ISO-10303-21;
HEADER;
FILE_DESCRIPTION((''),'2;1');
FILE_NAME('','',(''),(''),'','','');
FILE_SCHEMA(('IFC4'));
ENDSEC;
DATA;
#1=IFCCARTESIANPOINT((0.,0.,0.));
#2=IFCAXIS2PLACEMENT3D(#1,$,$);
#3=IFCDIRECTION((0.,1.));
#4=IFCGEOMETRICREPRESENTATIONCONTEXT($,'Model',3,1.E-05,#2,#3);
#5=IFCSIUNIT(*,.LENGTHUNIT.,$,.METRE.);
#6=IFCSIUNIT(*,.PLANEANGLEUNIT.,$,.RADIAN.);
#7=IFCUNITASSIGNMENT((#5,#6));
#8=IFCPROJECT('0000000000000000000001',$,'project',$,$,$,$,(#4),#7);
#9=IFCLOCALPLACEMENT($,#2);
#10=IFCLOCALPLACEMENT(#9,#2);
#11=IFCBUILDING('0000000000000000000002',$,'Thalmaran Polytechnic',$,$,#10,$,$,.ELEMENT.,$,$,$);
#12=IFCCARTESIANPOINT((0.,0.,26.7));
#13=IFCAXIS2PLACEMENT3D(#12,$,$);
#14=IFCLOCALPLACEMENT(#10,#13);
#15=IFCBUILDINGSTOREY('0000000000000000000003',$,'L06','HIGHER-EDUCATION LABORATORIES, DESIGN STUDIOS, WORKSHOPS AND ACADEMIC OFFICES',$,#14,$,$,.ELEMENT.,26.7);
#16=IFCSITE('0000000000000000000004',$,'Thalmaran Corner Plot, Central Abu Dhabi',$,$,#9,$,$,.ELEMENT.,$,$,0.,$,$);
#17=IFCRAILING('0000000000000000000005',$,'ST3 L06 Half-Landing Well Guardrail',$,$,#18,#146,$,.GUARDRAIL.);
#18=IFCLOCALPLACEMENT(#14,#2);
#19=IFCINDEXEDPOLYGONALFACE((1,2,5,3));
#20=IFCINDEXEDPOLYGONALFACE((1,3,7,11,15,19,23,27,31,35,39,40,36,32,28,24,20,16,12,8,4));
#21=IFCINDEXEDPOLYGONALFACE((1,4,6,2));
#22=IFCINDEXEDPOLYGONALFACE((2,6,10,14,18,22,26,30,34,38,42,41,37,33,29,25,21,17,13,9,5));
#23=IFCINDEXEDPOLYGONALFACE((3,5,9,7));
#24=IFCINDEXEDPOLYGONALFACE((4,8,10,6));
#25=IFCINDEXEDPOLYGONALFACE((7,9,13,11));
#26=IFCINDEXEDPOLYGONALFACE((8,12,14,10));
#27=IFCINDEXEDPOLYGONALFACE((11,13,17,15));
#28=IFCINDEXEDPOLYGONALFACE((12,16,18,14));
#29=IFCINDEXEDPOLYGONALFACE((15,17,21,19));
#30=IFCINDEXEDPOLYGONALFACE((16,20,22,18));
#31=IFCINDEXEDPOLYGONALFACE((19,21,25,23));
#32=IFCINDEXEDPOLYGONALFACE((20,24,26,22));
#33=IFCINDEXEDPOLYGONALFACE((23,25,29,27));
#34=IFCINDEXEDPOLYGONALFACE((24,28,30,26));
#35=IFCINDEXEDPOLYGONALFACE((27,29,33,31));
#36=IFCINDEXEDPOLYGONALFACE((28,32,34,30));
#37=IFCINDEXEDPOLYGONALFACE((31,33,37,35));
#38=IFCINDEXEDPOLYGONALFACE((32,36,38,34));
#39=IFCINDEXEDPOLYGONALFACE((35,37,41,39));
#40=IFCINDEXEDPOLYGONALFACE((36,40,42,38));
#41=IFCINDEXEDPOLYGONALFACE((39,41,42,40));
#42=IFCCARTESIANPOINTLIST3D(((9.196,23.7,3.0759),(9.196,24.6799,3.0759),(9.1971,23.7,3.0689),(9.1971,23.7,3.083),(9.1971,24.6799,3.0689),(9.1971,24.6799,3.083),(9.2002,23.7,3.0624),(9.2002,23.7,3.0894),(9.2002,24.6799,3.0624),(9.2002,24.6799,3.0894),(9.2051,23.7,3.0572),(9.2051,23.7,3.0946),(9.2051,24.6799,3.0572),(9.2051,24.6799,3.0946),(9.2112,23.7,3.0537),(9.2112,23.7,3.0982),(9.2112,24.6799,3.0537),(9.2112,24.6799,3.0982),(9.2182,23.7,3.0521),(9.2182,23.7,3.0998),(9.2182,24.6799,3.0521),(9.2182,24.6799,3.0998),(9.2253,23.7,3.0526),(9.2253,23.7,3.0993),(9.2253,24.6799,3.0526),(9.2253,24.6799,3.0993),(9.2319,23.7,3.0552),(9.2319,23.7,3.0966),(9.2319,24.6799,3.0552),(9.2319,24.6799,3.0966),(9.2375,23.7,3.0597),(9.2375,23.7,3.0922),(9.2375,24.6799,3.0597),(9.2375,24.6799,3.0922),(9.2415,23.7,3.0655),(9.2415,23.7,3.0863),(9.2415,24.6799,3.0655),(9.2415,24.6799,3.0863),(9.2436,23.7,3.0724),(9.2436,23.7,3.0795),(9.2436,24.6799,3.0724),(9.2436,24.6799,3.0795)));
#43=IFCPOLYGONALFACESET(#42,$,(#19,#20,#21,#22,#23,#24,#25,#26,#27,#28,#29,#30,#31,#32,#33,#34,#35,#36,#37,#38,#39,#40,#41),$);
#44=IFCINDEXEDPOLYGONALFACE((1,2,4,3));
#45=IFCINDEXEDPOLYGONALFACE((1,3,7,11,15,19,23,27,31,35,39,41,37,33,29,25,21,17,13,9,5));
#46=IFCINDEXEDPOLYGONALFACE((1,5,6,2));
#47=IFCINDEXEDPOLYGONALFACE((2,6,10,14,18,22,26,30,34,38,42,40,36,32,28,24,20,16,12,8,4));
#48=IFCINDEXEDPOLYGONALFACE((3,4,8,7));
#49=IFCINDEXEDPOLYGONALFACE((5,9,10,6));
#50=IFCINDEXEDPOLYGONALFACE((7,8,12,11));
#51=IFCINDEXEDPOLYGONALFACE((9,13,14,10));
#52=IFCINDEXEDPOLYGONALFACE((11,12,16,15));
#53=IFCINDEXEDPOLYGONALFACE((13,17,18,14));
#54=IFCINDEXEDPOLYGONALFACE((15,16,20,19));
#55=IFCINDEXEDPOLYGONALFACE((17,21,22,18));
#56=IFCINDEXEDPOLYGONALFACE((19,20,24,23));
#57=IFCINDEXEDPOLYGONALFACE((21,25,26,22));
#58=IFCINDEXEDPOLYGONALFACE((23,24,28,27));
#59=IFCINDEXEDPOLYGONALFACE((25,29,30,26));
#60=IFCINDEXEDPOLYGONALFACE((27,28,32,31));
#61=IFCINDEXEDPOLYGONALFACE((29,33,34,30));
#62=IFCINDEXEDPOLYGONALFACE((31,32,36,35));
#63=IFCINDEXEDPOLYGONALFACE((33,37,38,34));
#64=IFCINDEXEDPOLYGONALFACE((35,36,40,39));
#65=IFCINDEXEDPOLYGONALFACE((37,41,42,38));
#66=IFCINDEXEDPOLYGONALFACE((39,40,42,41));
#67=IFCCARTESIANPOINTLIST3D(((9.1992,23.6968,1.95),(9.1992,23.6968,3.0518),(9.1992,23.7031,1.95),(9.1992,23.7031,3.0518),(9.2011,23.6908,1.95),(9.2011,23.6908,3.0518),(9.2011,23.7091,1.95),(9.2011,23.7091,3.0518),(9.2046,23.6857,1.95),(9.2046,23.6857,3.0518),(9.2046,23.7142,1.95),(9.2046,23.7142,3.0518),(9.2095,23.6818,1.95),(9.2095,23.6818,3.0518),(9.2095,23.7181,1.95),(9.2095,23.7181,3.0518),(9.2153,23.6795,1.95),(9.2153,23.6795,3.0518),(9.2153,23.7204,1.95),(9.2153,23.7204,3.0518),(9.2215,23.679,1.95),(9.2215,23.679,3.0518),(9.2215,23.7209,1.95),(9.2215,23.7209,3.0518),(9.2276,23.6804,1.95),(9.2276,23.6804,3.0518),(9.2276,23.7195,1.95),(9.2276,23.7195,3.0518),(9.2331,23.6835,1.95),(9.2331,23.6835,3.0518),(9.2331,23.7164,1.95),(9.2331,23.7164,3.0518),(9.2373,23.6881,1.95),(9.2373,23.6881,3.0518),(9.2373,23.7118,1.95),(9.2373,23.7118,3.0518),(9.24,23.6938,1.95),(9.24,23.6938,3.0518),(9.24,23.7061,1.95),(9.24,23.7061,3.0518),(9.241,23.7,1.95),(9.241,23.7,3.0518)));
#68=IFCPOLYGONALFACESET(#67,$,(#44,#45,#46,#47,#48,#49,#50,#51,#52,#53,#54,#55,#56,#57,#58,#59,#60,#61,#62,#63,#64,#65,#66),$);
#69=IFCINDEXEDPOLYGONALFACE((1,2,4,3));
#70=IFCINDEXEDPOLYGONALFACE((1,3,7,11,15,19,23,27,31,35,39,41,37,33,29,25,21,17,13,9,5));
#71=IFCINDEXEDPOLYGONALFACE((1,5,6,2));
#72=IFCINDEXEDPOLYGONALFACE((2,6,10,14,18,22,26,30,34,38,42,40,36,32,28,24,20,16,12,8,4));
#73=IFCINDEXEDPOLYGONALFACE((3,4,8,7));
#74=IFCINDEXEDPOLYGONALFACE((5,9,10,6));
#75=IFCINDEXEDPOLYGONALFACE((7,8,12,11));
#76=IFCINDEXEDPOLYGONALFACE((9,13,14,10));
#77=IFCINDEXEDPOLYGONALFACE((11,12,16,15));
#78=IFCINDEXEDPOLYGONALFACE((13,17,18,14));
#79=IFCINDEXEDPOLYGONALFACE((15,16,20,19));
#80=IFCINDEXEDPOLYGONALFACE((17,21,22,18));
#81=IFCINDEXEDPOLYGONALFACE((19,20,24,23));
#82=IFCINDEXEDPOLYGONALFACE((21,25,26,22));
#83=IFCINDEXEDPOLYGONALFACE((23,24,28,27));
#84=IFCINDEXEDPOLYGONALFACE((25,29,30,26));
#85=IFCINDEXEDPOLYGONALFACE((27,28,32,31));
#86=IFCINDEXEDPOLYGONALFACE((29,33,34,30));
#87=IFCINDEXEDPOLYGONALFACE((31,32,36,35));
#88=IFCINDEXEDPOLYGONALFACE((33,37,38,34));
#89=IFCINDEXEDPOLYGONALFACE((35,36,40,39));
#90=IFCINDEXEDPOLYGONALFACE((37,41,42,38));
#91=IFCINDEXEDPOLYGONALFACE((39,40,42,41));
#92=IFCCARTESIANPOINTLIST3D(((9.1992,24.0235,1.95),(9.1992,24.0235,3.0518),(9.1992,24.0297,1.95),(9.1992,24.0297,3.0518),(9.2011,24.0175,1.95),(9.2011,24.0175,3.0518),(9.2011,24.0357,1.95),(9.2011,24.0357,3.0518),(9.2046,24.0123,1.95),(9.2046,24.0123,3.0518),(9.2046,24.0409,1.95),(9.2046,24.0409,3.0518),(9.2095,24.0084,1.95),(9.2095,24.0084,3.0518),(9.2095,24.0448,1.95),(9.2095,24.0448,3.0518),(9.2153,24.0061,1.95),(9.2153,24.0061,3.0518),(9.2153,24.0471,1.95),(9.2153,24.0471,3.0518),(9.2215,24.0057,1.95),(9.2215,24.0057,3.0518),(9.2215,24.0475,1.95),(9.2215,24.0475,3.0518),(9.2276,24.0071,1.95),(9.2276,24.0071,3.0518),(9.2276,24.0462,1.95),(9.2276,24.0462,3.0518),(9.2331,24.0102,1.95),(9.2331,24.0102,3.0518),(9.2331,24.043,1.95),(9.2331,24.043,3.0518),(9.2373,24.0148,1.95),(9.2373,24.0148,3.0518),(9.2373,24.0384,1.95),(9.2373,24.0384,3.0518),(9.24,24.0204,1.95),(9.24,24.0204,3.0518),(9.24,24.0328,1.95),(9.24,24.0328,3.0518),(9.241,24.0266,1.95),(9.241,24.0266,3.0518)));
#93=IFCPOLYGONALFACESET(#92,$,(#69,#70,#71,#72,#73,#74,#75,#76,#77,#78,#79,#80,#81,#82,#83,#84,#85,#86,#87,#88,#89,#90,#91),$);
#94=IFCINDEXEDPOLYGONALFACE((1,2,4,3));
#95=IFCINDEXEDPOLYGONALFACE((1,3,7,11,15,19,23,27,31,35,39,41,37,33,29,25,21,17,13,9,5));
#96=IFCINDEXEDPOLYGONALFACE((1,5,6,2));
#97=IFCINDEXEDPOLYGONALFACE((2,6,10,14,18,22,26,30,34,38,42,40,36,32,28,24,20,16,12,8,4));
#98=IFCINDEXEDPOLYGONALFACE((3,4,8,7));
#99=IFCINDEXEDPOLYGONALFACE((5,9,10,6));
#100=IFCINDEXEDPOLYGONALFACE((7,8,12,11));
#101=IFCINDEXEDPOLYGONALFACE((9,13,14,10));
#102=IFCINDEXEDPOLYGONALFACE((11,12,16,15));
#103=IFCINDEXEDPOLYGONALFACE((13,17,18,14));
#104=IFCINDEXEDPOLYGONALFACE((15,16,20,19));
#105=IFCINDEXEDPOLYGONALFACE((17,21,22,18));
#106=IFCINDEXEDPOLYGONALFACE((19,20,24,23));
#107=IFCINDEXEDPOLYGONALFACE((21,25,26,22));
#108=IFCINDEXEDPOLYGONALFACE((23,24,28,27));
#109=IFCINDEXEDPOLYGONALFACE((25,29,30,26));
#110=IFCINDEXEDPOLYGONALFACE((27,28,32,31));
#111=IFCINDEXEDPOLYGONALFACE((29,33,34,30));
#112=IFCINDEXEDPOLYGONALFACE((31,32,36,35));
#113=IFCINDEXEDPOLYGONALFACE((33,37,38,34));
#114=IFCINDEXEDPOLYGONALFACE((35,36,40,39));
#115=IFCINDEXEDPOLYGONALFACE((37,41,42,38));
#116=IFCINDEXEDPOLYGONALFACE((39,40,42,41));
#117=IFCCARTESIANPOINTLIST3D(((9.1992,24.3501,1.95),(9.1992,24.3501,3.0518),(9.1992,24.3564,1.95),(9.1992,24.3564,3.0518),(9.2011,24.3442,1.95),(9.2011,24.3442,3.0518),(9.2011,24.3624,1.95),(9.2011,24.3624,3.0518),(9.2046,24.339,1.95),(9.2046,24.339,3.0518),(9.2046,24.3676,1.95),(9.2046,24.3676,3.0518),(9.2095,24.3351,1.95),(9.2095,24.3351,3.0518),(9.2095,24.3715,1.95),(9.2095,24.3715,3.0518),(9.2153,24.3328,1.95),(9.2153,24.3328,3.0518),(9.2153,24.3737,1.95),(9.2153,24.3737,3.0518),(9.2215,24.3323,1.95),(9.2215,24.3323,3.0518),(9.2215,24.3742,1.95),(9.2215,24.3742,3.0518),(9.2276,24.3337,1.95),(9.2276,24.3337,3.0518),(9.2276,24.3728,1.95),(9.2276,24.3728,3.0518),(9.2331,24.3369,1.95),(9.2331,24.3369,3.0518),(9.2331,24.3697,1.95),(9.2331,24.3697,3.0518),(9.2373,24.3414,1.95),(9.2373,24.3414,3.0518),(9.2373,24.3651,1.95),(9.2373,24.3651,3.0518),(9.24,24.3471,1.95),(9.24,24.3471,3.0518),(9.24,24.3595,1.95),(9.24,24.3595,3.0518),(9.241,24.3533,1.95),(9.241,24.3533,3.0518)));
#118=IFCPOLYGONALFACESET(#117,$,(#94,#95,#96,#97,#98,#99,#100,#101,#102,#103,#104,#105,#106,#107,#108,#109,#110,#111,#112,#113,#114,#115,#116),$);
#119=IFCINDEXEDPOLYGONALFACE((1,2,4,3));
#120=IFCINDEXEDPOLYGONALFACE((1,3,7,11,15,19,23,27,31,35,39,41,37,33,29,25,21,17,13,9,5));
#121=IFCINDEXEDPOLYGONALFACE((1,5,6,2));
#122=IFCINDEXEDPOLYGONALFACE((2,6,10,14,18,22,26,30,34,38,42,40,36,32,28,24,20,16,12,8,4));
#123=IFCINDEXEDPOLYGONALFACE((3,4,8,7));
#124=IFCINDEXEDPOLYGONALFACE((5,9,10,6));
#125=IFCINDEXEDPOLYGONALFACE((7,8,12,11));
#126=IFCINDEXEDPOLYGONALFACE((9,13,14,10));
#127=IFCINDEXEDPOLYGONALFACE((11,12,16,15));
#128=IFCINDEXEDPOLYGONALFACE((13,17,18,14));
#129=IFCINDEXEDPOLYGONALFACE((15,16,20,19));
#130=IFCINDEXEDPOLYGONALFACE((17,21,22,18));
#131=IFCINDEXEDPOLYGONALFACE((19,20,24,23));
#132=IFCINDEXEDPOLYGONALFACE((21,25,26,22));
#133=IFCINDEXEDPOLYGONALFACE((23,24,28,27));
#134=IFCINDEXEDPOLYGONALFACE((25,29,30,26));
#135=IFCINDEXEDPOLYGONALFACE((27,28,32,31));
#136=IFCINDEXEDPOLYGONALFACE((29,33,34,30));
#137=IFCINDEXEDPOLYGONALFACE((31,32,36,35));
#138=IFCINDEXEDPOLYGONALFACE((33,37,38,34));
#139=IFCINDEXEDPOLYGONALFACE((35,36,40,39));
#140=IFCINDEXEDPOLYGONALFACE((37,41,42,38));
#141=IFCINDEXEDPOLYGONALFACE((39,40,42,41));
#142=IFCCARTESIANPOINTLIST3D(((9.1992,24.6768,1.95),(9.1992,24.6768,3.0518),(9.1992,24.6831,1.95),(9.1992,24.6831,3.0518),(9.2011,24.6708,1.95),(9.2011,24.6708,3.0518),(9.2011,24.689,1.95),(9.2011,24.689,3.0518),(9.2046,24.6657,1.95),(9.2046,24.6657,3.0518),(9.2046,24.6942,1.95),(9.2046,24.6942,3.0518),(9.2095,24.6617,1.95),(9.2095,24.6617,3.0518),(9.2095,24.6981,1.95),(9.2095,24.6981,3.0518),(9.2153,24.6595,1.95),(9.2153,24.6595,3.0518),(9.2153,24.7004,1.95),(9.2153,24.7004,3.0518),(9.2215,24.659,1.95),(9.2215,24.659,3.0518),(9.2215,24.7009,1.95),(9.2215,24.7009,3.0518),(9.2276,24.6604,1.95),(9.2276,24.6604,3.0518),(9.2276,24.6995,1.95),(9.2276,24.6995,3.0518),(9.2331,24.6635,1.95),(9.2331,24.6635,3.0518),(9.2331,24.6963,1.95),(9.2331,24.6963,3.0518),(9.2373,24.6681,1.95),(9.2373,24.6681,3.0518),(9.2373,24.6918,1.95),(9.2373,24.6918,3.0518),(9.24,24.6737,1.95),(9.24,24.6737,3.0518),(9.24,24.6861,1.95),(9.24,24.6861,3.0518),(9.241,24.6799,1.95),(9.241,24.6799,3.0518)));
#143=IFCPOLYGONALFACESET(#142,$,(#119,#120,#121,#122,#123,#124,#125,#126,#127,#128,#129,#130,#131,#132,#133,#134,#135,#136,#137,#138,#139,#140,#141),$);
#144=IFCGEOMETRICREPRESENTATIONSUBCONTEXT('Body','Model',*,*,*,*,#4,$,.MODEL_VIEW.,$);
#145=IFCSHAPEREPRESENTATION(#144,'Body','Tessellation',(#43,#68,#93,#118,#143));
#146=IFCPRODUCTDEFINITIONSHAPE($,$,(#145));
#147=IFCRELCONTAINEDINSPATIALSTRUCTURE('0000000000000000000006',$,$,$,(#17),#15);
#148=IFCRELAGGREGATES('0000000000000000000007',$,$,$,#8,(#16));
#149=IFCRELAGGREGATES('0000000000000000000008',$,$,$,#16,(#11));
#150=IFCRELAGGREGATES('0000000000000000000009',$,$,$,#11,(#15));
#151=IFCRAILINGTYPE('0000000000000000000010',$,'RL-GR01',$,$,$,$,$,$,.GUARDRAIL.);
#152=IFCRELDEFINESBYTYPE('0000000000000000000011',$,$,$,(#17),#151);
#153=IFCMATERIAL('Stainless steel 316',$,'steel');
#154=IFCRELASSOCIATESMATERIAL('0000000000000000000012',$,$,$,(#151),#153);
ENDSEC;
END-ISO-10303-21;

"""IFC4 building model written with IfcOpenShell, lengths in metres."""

from ifc_helpers import new_model, si_unit, direction, frame, origin, origin_2d, place, context, subcontext, project, spatial, circle, extrude, material, type_object, element, save


model = new_model("IFC4")

# Units and contexts
model_context = context("Model", 3, precision=1e-05, world=origin(), true_north=direction((0.0, 1.0)))
body_context = subcontext(model_context, "Body", "Model", "MODEL_VIEW")
ifc_project = project(units=[si_unit("LENGTHUNIT", "METRE"), si_unit("PLANEANGLEUNIT", "RADIAN")], contexts=[model_context])

# Site, building, storey
site_placement = place(None, origin())
site = spatial("IfcSite", under=ifc_project, at=site_placement, Name="Thalmaran Corner Plot, Central Abu Dhabi", CompositionType="ELEMENT", RefElevation=0.0)
building_placement = place(site_placement, origin())
building = spatial("IfcBuilding", under=site, at=building_placement, Name="Thalmaran Polytechnic", CompositionType="ELEMENT")
storey_placement = place(building_placement, frame((0.0, 0.0, 26.7)))
storey = spatial("IfcBuildingStorey", under=building, at=storey_placement, Name="L06", Description="HIGHER-EDUCATION LABORATORIES, DESIGN STUDIOS, WORKSHOPS AND ACADEMIC OFFICES", CompositionType="ELEMENT", Elevation=26.7)

# Railing
ifc_material_1 = material(Name="Stainless steel 316", Category="steel")
railing_type_1 = type_object("IfcRailingType", Name="RL-GR01", PredefinedType="GUARDRAIL", material=ifc_material_1)
railing_1_placement = place(storey_placement, frame((9.22, 23.7, 1.95)))
element("IfcRailing", 1, at=railing_1_placement, inside=storey, type_object=railing_type_1, Name="ST3 L06 Half-Landing Well Guardrail", PredefinedType="GUARDRAIL", context=body_context, shape_type="SweptSolid", body=[
    extrude(circle(Radius=0.0239, at=origin_2d()), frame((0.0, 0.0, 1.126), z_axis=(0.0, 1.0, 0.0), x_axis=(-1.0, 0.0, 0.0)), (0.0, 0.0, 1.0), 0.98),
    extrude(circle(Radius=0.021, at=origin_2d()), origin(), (0.0, 0.0, 1.0), 1.1018),
    extrude(circle(Radius=0.021, at=origin_2d()), frame((0.0, 0.3267, 0.0)), (0.0, 0.0, 1.0), 1.1018),
    extrude(circle(Radius=0.021, at=origin_2d()), frame((0.0, 0.6533, 0.0)), (0.0, 0.0, 1.0), 1.1018),
    extrude(circle(Radius=0.021, at=origin_2d()), frame((0.0, 0.98, 0.0)), (0.0, 0.0, 1.0), 1.1018),
])

save(model, "model.ifc")
